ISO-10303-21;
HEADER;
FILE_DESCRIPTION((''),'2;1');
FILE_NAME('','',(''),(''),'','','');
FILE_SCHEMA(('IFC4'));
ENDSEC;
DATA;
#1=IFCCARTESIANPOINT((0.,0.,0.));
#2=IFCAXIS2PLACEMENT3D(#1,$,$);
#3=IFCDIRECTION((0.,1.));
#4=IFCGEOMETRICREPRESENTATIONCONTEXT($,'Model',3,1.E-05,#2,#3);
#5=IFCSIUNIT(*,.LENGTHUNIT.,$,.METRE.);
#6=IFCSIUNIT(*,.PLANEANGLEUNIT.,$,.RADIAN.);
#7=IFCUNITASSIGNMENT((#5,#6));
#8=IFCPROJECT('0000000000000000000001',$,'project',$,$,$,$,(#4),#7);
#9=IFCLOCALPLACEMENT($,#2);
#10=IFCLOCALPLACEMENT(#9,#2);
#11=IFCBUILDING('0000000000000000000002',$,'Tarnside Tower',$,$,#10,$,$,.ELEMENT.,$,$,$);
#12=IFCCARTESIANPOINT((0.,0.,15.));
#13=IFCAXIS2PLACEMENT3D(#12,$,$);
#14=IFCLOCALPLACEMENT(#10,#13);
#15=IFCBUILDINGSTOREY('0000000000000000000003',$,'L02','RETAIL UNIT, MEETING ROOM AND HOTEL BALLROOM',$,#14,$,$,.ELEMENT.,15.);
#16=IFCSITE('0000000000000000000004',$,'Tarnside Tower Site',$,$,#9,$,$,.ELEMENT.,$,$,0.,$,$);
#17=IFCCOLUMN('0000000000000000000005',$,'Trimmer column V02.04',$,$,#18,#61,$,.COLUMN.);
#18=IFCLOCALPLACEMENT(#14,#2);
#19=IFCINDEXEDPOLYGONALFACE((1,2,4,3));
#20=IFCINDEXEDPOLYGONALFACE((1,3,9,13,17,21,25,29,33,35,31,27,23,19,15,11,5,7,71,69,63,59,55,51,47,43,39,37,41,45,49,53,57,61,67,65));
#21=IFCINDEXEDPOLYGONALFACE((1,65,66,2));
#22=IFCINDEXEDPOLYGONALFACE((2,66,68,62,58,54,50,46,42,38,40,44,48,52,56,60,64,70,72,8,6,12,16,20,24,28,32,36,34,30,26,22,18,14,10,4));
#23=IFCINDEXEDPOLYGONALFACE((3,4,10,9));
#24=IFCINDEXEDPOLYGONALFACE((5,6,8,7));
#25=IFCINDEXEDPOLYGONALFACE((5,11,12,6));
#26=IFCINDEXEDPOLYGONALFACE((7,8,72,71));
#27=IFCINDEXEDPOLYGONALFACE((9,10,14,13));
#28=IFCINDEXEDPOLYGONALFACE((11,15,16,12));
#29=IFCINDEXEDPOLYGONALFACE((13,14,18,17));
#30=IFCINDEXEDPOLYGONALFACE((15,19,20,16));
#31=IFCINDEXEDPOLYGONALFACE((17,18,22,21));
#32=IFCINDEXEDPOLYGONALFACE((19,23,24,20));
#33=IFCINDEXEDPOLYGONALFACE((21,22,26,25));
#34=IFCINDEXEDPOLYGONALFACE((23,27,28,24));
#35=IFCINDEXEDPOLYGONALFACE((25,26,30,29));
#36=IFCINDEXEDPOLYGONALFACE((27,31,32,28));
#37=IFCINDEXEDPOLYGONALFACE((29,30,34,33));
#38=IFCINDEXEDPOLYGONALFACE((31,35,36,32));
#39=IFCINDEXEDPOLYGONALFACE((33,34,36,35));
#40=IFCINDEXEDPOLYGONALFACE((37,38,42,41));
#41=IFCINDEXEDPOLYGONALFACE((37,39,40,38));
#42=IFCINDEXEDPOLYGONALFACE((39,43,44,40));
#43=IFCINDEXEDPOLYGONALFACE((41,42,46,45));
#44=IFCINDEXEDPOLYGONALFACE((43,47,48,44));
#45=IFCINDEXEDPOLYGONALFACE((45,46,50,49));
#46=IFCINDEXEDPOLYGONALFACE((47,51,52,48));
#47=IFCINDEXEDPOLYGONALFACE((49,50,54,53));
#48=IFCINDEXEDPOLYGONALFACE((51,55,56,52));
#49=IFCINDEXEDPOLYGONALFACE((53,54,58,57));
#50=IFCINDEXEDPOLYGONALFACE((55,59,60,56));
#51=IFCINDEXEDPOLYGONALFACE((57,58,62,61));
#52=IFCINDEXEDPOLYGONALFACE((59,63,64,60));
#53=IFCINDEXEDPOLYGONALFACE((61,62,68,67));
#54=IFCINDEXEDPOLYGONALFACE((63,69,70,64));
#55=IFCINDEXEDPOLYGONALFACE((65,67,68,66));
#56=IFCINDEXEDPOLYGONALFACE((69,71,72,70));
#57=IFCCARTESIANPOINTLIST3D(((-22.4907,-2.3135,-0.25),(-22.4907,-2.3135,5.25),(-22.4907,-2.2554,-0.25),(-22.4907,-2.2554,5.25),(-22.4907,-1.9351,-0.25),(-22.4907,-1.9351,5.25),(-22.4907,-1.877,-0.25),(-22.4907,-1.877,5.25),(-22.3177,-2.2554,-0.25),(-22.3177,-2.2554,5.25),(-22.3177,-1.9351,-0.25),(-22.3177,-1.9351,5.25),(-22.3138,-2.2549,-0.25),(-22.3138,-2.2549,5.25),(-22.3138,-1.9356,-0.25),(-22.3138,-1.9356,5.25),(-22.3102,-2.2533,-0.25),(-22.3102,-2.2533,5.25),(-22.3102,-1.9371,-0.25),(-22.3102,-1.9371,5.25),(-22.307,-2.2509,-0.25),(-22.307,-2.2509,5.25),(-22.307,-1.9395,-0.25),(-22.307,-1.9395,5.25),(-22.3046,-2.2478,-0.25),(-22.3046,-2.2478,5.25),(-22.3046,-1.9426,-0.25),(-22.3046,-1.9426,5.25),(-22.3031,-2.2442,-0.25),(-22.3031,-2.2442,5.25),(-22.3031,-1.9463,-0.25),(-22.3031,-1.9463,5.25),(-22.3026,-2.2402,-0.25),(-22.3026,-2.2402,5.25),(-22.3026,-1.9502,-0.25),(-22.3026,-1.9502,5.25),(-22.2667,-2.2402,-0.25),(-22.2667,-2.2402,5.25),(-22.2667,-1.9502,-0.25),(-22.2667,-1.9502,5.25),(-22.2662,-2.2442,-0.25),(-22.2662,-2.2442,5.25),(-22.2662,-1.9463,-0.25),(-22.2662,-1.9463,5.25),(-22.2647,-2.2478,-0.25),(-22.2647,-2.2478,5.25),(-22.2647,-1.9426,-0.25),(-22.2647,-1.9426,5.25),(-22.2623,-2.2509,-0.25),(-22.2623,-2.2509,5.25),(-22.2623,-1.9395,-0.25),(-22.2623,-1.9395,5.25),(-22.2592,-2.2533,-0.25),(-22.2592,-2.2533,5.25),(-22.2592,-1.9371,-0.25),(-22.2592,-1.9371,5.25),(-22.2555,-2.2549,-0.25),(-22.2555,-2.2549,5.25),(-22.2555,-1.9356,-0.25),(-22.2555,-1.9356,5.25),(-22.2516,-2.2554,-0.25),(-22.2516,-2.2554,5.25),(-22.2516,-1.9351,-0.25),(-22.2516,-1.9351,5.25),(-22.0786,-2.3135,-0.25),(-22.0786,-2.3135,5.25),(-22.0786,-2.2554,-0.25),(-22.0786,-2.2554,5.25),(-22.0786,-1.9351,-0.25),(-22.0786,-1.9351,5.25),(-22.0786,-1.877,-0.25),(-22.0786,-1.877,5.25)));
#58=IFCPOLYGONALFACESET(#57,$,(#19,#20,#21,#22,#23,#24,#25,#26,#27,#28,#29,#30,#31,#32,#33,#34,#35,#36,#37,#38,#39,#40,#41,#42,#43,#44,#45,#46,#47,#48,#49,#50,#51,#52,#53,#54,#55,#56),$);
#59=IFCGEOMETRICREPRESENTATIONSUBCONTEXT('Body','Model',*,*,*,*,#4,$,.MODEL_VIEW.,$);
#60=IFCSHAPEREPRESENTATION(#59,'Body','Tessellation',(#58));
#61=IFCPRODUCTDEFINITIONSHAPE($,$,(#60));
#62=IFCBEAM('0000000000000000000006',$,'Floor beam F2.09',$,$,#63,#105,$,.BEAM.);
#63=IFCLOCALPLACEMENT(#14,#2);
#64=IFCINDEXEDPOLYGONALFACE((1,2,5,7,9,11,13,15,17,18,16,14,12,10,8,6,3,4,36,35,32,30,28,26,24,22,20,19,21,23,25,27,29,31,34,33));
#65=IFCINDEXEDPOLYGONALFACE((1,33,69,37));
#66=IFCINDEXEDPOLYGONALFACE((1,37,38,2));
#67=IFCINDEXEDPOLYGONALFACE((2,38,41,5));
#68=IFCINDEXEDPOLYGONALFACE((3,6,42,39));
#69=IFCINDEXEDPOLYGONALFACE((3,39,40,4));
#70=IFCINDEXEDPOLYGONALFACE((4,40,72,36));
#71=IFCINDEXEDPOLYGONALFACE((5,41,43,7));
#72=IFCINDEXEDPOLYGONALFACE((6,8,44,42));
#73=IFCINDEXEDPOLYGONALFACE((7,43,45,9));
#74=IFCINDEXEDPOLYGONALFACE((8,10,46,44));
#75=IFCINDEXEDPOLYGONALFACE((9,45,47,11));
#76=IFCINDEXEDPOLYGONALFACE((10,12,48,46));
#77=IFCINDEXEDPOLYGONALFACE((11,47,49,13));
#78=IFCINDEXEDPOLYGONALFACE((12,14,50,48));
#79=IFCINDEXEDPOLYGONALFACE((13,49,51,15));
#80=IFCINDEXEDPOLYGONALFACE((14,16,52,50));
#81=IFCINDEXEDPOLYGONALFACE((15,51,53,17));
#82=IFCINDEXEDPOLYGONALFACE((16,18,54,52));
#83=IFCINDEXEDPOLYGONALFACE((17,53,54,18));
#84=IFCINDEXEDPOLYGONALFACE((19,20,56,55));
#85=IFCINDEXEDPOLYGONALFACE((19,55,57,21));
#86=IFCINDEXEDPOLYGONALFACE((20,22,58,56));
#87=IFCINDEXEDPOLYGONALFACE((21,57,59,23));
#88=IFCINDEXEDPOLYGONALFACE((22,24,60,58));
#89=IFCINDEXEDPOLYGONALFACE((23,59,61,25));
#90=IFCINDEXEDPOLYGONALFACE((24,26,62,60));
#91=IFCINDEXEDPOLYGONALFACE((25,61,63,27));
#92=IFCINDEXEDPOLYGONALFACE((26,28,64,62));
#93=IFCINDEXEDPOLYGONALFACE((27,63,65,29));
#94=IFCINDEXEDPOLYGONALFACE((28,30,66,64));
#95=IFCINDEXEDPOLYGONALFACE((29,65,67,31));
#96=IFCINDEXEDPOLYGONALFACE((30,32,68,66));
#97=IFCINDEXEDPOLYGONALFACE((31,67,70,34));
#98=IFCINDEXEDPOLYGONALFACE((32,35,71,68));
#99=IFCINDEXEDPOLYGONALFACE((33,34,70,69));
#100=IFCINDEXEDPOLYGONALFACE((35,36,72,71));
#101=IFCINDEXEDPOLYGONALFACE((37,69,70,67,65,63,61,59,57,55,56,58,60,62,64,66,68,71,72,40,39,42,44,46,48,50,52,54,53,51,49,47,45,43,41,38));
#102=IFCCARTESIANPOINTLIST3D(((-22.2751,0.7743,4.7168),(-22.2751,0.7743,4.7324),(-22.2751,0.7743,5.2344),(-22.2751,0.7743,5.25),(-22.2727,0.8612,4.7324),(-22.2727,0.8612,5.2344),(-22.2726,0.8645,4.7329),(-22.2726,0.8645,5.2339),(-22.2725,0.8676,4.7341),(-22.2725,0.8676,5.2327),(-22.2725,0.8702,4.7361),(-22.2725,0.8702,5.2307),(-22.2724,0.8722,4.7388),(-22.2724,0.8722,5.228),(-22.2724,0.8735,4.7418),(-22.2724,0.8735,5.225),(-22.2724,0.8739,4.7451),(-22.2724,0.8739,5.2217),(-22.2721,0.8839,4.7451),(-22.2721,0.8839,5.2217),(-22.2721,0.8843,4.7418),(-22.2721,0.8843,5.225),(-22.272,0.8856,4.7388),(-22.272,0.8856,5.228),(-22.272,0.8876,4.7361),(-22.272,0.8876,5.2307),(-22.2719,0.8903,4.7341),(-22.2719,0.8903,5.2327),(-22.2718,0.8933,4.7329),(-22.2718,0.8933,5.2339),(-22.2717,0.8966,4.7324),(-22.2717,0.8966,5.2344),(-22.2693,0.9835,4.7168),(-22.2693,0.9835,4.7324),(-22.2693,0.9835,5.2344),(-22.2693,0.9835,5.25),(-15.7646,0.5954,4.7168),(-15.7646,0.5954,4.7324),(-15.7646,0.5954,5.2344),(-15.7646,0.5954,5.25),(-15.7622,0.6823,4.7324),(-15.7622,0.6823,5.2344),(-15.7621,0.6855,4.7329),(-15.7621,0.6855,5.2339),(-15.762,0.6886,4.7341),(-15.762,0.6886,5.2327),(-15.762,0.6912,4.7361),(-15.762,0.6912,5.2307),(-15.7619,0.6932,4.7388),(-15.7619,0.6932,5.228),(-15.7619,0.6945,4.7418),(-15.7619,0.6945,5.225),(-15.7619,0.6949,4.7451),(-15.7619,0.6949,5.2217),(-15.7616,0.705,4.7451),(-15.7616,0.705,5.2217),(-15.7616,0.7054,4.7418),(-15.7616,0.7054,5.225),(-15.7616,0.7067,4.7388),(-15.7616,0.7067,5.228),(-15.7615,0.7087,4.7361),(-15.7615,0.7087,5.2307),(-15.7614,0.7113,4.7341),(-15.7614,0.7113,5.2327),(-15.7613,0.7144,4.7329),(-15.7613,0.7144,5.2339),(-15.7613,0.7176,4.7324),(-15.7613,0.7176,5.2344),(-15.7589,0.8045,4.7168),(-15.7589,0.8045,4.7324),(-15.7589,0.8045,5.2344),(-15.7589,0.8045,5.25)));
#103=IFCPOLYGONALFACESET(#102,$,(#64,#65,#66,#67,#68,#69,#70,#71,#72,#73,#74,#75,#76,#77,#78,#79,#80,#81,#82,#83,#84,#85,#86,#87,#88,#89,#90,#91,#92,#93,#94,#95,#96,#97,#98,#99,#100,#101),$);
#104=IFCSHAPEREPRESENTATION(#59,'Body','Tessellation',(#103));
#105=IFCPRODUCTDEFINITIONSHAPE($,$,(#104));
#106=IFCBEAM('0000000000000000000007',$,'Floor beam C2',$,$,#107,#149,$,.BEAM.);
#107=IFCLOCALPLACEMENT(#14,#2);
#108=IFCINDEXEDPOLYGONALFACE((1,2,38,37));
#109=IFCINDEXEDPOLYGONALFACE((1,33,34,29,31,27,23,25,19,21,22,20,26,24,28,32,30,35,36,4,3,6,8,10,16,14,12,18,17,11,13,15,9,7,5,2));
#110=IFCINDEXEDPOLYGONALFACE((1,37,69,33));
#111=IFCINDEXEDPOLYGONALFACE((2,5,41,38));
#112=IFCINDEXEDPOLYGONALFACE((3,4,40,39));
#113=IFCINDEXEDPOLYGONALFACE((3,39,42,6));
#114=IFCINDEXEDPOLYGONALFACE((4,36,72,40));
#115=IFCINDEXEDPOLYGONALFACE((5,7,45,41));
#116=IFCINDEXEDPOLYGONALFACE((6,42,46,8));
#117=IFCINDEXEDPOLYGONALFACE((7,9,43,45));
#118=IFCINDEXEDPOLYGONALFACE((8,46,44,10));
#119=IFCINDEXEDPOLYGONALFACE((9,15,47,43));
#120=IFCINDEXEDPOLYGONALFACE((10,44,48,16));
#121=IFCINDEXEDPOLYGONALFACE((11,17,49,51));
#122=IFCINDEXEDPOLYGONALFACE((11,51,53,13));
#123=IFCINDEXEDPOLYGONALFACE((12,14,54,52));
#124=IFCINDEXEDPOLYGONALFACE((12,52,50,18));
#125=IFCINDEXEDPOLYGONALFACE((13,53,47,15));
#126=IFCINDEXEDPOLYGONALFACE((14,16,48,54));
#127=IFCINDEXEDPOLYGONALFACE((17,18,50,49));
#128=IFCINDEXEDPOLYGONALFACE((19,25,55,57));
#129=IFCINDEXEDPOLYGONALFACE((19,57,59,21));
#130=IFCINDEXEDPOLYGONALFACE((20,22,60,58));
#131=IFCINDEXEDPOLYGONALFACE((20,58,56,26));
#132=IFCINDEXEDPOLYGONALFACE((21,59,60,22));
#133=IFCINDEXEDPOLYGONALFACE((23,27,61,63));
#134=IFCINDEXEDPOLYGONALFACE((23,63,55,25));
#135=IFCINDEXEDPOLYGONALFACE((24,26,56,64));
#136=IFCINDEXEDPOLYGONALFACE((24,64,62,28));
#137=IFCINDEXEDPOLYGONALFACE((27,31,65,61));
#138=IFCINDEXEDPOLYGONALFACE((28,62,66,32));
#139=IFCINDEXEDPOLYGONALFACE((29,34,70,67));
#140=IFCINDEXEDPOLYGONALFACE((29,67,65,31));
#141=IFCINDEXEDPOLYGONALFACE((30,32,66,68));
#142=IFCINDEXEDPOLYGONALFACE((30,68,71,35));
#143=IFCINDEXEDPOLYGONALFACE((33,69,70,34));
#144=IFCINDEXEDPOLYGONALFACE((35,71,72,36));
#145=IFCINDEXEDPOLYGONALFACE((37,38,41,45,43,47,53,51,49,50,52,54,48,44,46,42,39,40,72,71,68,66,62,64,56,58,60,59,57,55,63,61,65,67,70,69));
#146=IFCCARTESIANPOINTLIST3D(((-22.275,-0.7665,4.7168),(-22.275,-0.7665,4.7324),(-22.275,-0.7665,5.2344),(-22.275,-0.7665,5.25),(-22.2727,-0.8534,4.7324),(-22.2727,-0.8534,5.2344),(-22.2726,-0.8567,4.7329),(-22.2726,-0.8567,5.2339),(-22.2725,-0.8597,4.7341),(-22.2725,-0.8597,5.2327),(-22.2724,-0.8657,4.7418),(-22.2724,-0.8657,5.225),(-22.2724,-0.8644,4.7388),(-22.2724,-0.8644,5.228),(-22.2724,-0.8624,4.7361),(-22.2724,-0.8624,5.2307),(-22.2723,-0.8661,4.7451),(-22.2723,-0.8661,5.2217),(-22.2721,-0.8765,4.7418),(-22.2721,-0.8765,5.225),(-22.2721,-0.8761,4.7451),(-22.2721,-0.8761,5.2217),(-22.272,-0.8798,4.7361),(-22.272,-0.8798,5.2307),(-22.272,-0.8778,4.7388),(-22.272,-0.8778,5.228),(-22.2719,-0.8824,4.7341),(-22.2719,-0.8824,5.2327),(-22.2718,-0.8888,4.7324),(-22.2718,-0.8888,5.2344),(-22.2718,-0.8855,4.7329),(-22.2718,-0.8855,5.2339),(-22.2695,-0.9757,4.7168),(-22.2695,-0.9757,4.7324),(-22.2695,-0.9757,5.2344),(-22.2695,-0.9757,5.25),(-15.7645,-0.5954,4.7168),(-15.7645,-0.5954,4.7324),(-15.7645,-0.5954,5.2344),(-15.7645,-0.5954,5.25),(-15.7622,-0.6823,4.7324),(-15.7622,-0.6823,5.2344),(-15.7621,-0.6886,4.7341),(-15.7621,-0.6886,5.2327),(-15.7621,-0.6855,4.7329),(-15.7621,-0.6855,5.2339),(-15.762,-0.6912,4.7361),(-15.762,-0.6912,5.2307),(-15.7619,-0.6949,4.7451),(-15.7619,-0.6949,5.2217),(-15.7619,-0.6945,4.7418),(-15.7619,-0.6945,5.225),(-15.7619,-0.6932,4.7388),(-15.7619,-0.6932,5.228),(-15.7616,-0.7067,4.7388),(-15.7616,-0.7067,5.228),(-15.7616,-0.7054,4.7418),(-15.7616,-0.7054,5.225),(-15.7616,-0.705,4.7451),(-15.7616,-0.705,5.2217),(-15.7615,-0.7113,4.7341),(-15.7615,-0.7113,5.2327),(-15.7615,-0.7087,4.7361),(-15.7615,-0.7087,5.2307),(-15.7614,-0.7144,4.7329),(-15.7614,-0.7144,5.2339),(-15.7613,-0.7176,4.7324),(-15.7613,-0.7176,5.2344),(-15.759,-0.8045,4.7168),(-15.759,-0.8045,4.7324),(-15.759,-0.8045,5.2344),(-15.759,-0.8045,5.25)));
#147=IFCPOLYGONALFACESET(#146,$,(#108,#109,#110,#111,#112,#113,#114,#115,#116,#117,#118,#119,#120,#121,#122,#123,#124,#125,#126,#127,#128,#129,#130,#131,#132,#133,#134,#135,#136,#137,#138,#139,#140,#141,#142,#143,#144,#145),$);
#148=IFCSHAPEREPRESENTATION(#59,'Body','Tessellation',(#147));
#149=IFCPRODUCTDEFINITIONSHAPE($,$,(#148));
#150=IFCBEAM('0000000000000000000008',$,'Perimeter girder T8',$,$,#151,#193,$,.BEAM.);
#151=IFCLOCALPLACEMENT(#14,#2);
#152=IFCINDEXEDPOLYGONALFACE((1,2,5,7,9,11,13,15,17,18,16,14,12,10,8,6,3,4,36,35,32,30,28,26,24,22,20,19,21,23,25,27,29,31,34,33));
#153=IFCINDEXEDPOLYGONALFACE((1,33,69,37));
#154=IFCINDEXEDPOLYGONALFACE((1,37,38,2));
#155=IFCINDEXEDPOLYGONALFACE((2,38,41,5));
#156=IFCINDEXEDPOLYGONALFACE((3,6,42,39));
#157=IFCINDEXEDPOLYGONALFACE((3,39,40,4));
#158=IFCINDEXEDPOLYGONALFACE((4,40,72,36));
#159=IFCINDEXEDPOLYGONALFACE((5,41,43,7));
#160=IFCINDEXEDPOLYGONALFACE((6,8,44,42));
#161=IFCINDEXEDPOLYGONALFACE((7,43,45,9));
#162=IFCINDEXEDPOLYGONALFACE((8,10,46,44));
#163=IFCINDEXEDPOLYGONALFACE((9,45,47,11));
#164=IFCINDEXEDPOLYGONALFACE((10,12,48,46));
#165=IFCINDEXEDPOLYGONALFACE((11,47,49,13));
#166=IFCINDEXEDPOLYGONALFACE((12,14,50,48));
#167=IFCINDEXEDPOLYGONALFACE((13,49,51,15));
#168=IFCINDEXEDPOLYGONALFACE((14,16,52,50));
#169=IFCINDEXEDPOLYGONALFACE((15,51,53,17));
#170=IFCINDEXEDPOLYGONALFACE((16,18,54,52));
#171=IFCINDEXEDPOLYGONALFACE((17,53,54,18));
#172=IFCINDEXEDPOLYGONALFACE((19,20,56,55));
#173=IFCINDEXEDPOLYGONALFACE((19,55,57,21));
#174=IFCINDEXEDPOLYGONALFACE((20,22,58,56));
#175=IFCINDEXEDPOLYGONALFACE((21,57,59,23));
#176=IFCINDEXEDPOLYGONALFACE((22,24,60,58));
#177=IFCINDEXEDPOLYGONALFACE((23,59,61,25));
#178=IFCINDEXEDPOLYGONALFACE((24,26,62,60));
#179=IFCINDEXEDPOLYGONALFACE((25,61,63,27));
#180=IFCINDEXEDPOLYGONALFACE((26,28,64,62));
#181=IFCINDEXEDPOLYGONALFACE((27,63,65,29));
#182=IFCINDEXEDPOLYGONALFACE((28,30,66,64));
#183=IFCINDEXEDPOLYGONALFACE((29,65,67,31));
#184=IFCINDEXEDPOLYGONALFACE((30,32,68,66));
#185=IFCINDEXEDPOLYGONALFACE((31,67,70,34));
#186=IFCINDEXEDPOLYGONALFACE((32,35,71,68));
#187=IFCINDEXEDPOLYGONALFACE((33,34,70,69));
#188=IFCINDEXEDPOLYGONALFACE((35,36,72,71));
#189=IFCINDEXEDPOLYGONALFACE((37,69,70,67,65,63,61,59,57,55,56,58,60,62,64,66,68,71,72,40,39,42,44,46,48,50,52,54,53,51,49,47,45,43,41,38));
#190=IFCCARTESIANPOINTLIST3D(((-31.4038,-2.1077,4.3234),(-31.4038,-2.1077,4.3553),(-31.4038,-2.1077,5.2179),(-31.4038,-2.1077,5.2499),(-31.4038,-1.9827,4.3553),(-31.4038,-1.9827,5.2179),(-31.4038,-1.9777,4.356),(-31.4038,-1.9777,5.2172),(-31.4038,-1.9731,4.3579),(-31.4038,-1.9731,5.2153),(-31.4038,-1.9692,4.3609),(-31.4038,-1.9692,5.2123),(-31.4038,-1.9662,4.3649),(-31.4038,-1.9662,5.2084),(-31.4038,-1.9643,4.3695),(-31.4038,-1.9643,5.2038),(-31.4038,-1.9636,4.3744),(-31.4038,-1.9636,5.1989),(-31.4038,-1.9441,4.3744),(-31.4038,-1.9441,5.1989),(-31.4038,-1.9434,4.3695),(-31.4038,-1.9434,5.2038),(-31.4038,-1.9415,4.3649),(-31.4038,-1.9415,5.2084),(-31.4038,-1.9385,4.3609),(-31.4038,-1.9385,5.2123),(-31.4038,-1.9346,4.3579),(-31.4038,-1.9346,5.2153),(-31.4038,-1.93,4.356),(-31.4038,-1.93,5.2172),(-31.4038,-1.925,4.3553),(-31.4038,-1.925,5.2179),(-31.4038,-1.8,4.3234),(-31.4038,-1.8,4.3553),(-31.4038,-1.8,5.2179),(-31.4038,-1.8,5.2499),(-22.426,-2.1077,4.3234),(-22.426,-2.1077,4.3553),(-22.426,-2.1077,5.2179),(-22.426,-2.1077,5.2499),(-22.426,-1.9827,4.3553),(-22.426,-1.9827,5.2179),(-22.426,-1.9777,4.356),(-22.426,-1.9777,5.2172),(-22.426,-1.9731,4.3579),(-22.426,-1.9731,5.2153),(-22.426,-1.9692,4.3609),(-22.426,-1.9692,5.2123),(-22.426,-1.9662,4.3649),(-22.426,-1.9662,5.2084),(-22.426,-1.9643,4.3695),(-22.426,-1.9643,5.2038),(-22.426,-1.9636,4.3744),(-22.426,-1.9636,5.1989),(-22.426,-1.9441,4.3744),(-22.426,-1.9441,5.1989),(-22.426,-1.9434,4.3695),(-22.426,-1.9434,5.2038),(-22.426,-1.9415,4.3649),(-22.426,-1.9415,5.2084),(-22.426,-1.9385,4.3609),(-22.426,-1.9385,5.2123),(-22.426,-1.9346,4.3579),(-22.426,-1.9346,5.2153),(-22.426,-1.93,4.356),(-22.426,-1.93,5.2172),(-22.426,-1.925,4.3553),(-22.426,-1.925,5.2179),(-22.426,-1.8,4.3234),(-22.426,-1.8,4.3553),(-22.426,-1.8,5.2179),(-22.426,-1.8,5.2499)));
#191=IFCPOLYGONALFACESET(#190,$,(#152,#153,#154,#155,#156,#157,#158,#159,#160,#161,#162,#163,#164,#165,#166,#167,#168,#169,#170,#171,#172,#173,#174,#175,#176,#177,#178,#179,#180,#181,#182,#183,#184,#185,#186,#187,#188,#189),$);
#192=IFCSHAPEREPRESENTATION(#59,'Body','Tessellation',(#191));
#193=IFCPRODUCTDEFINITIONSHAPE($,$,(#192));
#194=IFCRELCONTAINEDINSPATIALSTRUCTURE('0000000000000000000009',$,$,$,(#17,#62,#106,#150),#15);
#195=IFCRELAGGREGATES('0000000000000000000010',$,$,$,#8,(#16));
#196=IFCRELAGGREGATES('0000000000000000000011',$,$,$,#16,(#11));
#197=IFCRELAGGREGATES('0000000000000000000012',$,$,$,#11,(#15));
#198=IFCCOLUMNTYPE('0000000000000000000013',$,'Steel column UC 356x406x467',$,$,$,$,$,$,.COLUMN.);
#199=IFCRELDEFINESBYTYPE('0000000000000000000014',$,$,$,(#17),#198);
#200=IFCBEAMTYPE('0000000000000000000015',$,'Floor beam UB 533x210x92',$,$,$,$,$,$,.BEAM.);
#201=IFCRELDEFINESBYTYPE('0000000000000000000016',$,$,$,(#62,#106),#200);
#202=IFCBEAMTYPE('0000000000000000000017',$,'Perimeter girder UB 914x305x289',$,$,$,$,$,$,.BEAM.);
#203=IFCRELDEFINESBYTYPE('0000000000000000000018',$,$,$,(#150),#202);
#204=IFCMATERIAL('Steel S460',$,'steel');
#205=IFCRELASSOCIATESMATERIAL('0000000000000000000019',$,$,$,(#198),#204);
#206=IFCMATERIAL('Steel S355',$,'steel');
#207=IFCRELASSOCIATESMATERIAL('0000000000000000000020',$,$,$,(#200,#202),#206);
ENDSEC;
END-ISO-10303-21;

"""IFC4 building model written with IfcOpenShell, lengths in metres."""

from ifc_helpers import new_model, si_unit, direction, frame, origin, origin_2d, place, context, subcontext, project, spatial, i_section, extrude, material, material_profile, profile_set, type_object, element, save


model = new_model("IFC4")

# Units and contexts
model_context = context("Model", 3, precision=1e-05, world=origin(), true_north=direction((0.0, 1.0)))
body_context = subcontext(model_context, "Body", "Model", "MODEL_VIEW")
ifc_project = project(units=[si_unit("LENGTHUNIT", "METRE"), si_unit("PLANEANGLEUNIT", "RADIAN")], contexts=[model_context])

# Site, building, storey
site_placement = place(None, origin())
site = spatial("IfcSite", under=ifc_project, at=site_placement, Name="Tarnside Tower Site", CompositionType="ELEMENT", RefElevation=0.0)
building_placement = place(site_placement, origin())
building = spatial("IfcBuilding", under=site, at=building_placement, Name="Tarnside Tower", CompositionType="ELEMENT")
storey_placement = place(building_placement, frame((0.0, 0.0, 15.0)))
storey = spatial("IfcBuildingStorey", under=building, at=storey_placement, Name="L02", Description="RETAIL UNIT, MEETING ROOM AND HOTEL BALLROOM", CompositionType="ELEMENT", Elevation=15.0)

# Column
ifc_material_1 = material(Name="Steel S460", Category="steel")
ifc_material_profile_1 = material_profile(ifc_material_1, i_section(OverallWidth=0.4121, OverallDepth=0.4365, WebThickness=0.0359, FlangeThickness=0.0581, FilletRadius=0.0151, at=origin_2d()), Name="UC 356x406x467")
ifc_profile_set_1 = profile_set([ifc_material_profile_1], Name="Steel S460")
column_type = type_object("IfcColumnType", Name="Steel column UC 356x406x467", PredefinedType="COLUMN", material=ifc_profile_set_1)
column_placement = place(storey_placement, frame((-22.2847, -2.0952, -0.25), z_axis=(0.0, 0.0, 1.0), x_axis=(1.0, 0.0, 0.0)))
element("IfcColumn", 1, at=column_placement, inside=storey, type_object=column_type, Name="Trimmer column V02.04", PredefinedType="COLUMN", context=body_context, shape_type="SweptSolid", body=[
    extrude(i_section(OverallWidth=0.4121, OverallDepth=0.4365, WebThickness=0.0359, FlangeThickness=0.0581, FilletRadius=0.0151, at=origin_2d()), origin(), (0.0, 0.0, 1.0), 5.5),
])

# Beams
ifc_material_2 = material(Name="Steel S355", Category="steel")
ifc_material_profile_2 = material_profile(ifc_material_2, i_section(OverallWidth=0.2092, OverallDepth=0.5332, WebThickness=0.01, FlangeThickness=0.0156, FilletRadius=0.0127, at=origin_2d()), Name="UB 533x210x92")
ifc_profile_set_2 = profile_set([ifc_material_profile_2], Name="Steel S355")
beam_type_1 = type_object("IfcBeamType", Name="Floor beam UB 533x210x92", PredefinedType="BEAM", material=ifc_profile_set_2)
beam_1_placement = place(storey_placement, frame((-22.2722, 0.8789, 4.9834), z_axis=(0.999622, -0.027477, 0.0), x_axis=(0.027477, 0.999622, 0.0)))
element("IfcBeam", 2, at=beam_1_placement, inside=storey, type_object=beam_type_1, Name="Floor beam F2.09", PredefinedType="BEAM", context=body_context, shape_type="SweptSolid", body=[
    extrude(i_section(OverallWidth=0.2092, OverallDepth=0.5332, WebThickness=0.01, FlangeThickness=0.0156, FilletRadius=0.0127, at=origin_2d()), origin(), (0.0, 0.0, 1.0), 6.5129),
])
beam_2_placement = place(storey_placement, frame((-22.2722, -0.8711, 4.9834), z_axis=(0.999655, 0.026278, 0.0), x_axis=(-0.026278, 0.999655, 0.0)))
element("IfcBeam", 3, at=beam_2_placement, inside=storey, type_object=beam_type_1, Name="Floor beam C2", PredefinedType="BEAM", context=body_context, shape_type="SweptSolid", body=[
    extrude(i_section(OverallWidth=0.2092, OverallDepth=0.5332, WebThickness=0.01, FlangeThickness=0.0156, FilletRadius=0.0127, at=origin_2d()), origin(), (0.0, 0.0, 1.0), 6.5127),
])
ifc_material_profile_3 = material_profile(ifc_material_2, i_section(OverallWidth=0.3076, OverallDepth=0.9265, WebThickness=0.0195, FlangeThickness=0.032, FilletRadius=0.019, at=origin_2d()), Name="UB 914x305x289")
ifc_profile_set_3 = profile_set([ifc_material_profile_3], Name="Steel S355")
beam_type_2 = type_object("IfcBeamType", Name="Perimeter girder UB 914x305x289", PredefinedType="BEAM", material=ifc_profile_set_3)
beam_3_placement = place(storey_placement, frame((-22.426, -1.9539, 4.7866), z_axis=(-1.0, 0.0, 0.0), x_axis=(0.0, -1.0, 0.0)))
element("IfcBeam", 4, at=beam_3_placement, inside=storey, type_object=beam_type_2, Name="Perimeter girder T8", PredefinedType="BEAM", context=body_context, shape_type="SweptSolid", body=[
    extrude(i_section(OverallWidth=0.3076, OverallDepth=0.9265, WebThickness=0.0195, FlangeThickness=0.032, FilletRadius=0.019, at=origin_2d()), origin(), (0.0, 0.0, 1.0), 8.9778),
])

save(model, "model.ifc")
